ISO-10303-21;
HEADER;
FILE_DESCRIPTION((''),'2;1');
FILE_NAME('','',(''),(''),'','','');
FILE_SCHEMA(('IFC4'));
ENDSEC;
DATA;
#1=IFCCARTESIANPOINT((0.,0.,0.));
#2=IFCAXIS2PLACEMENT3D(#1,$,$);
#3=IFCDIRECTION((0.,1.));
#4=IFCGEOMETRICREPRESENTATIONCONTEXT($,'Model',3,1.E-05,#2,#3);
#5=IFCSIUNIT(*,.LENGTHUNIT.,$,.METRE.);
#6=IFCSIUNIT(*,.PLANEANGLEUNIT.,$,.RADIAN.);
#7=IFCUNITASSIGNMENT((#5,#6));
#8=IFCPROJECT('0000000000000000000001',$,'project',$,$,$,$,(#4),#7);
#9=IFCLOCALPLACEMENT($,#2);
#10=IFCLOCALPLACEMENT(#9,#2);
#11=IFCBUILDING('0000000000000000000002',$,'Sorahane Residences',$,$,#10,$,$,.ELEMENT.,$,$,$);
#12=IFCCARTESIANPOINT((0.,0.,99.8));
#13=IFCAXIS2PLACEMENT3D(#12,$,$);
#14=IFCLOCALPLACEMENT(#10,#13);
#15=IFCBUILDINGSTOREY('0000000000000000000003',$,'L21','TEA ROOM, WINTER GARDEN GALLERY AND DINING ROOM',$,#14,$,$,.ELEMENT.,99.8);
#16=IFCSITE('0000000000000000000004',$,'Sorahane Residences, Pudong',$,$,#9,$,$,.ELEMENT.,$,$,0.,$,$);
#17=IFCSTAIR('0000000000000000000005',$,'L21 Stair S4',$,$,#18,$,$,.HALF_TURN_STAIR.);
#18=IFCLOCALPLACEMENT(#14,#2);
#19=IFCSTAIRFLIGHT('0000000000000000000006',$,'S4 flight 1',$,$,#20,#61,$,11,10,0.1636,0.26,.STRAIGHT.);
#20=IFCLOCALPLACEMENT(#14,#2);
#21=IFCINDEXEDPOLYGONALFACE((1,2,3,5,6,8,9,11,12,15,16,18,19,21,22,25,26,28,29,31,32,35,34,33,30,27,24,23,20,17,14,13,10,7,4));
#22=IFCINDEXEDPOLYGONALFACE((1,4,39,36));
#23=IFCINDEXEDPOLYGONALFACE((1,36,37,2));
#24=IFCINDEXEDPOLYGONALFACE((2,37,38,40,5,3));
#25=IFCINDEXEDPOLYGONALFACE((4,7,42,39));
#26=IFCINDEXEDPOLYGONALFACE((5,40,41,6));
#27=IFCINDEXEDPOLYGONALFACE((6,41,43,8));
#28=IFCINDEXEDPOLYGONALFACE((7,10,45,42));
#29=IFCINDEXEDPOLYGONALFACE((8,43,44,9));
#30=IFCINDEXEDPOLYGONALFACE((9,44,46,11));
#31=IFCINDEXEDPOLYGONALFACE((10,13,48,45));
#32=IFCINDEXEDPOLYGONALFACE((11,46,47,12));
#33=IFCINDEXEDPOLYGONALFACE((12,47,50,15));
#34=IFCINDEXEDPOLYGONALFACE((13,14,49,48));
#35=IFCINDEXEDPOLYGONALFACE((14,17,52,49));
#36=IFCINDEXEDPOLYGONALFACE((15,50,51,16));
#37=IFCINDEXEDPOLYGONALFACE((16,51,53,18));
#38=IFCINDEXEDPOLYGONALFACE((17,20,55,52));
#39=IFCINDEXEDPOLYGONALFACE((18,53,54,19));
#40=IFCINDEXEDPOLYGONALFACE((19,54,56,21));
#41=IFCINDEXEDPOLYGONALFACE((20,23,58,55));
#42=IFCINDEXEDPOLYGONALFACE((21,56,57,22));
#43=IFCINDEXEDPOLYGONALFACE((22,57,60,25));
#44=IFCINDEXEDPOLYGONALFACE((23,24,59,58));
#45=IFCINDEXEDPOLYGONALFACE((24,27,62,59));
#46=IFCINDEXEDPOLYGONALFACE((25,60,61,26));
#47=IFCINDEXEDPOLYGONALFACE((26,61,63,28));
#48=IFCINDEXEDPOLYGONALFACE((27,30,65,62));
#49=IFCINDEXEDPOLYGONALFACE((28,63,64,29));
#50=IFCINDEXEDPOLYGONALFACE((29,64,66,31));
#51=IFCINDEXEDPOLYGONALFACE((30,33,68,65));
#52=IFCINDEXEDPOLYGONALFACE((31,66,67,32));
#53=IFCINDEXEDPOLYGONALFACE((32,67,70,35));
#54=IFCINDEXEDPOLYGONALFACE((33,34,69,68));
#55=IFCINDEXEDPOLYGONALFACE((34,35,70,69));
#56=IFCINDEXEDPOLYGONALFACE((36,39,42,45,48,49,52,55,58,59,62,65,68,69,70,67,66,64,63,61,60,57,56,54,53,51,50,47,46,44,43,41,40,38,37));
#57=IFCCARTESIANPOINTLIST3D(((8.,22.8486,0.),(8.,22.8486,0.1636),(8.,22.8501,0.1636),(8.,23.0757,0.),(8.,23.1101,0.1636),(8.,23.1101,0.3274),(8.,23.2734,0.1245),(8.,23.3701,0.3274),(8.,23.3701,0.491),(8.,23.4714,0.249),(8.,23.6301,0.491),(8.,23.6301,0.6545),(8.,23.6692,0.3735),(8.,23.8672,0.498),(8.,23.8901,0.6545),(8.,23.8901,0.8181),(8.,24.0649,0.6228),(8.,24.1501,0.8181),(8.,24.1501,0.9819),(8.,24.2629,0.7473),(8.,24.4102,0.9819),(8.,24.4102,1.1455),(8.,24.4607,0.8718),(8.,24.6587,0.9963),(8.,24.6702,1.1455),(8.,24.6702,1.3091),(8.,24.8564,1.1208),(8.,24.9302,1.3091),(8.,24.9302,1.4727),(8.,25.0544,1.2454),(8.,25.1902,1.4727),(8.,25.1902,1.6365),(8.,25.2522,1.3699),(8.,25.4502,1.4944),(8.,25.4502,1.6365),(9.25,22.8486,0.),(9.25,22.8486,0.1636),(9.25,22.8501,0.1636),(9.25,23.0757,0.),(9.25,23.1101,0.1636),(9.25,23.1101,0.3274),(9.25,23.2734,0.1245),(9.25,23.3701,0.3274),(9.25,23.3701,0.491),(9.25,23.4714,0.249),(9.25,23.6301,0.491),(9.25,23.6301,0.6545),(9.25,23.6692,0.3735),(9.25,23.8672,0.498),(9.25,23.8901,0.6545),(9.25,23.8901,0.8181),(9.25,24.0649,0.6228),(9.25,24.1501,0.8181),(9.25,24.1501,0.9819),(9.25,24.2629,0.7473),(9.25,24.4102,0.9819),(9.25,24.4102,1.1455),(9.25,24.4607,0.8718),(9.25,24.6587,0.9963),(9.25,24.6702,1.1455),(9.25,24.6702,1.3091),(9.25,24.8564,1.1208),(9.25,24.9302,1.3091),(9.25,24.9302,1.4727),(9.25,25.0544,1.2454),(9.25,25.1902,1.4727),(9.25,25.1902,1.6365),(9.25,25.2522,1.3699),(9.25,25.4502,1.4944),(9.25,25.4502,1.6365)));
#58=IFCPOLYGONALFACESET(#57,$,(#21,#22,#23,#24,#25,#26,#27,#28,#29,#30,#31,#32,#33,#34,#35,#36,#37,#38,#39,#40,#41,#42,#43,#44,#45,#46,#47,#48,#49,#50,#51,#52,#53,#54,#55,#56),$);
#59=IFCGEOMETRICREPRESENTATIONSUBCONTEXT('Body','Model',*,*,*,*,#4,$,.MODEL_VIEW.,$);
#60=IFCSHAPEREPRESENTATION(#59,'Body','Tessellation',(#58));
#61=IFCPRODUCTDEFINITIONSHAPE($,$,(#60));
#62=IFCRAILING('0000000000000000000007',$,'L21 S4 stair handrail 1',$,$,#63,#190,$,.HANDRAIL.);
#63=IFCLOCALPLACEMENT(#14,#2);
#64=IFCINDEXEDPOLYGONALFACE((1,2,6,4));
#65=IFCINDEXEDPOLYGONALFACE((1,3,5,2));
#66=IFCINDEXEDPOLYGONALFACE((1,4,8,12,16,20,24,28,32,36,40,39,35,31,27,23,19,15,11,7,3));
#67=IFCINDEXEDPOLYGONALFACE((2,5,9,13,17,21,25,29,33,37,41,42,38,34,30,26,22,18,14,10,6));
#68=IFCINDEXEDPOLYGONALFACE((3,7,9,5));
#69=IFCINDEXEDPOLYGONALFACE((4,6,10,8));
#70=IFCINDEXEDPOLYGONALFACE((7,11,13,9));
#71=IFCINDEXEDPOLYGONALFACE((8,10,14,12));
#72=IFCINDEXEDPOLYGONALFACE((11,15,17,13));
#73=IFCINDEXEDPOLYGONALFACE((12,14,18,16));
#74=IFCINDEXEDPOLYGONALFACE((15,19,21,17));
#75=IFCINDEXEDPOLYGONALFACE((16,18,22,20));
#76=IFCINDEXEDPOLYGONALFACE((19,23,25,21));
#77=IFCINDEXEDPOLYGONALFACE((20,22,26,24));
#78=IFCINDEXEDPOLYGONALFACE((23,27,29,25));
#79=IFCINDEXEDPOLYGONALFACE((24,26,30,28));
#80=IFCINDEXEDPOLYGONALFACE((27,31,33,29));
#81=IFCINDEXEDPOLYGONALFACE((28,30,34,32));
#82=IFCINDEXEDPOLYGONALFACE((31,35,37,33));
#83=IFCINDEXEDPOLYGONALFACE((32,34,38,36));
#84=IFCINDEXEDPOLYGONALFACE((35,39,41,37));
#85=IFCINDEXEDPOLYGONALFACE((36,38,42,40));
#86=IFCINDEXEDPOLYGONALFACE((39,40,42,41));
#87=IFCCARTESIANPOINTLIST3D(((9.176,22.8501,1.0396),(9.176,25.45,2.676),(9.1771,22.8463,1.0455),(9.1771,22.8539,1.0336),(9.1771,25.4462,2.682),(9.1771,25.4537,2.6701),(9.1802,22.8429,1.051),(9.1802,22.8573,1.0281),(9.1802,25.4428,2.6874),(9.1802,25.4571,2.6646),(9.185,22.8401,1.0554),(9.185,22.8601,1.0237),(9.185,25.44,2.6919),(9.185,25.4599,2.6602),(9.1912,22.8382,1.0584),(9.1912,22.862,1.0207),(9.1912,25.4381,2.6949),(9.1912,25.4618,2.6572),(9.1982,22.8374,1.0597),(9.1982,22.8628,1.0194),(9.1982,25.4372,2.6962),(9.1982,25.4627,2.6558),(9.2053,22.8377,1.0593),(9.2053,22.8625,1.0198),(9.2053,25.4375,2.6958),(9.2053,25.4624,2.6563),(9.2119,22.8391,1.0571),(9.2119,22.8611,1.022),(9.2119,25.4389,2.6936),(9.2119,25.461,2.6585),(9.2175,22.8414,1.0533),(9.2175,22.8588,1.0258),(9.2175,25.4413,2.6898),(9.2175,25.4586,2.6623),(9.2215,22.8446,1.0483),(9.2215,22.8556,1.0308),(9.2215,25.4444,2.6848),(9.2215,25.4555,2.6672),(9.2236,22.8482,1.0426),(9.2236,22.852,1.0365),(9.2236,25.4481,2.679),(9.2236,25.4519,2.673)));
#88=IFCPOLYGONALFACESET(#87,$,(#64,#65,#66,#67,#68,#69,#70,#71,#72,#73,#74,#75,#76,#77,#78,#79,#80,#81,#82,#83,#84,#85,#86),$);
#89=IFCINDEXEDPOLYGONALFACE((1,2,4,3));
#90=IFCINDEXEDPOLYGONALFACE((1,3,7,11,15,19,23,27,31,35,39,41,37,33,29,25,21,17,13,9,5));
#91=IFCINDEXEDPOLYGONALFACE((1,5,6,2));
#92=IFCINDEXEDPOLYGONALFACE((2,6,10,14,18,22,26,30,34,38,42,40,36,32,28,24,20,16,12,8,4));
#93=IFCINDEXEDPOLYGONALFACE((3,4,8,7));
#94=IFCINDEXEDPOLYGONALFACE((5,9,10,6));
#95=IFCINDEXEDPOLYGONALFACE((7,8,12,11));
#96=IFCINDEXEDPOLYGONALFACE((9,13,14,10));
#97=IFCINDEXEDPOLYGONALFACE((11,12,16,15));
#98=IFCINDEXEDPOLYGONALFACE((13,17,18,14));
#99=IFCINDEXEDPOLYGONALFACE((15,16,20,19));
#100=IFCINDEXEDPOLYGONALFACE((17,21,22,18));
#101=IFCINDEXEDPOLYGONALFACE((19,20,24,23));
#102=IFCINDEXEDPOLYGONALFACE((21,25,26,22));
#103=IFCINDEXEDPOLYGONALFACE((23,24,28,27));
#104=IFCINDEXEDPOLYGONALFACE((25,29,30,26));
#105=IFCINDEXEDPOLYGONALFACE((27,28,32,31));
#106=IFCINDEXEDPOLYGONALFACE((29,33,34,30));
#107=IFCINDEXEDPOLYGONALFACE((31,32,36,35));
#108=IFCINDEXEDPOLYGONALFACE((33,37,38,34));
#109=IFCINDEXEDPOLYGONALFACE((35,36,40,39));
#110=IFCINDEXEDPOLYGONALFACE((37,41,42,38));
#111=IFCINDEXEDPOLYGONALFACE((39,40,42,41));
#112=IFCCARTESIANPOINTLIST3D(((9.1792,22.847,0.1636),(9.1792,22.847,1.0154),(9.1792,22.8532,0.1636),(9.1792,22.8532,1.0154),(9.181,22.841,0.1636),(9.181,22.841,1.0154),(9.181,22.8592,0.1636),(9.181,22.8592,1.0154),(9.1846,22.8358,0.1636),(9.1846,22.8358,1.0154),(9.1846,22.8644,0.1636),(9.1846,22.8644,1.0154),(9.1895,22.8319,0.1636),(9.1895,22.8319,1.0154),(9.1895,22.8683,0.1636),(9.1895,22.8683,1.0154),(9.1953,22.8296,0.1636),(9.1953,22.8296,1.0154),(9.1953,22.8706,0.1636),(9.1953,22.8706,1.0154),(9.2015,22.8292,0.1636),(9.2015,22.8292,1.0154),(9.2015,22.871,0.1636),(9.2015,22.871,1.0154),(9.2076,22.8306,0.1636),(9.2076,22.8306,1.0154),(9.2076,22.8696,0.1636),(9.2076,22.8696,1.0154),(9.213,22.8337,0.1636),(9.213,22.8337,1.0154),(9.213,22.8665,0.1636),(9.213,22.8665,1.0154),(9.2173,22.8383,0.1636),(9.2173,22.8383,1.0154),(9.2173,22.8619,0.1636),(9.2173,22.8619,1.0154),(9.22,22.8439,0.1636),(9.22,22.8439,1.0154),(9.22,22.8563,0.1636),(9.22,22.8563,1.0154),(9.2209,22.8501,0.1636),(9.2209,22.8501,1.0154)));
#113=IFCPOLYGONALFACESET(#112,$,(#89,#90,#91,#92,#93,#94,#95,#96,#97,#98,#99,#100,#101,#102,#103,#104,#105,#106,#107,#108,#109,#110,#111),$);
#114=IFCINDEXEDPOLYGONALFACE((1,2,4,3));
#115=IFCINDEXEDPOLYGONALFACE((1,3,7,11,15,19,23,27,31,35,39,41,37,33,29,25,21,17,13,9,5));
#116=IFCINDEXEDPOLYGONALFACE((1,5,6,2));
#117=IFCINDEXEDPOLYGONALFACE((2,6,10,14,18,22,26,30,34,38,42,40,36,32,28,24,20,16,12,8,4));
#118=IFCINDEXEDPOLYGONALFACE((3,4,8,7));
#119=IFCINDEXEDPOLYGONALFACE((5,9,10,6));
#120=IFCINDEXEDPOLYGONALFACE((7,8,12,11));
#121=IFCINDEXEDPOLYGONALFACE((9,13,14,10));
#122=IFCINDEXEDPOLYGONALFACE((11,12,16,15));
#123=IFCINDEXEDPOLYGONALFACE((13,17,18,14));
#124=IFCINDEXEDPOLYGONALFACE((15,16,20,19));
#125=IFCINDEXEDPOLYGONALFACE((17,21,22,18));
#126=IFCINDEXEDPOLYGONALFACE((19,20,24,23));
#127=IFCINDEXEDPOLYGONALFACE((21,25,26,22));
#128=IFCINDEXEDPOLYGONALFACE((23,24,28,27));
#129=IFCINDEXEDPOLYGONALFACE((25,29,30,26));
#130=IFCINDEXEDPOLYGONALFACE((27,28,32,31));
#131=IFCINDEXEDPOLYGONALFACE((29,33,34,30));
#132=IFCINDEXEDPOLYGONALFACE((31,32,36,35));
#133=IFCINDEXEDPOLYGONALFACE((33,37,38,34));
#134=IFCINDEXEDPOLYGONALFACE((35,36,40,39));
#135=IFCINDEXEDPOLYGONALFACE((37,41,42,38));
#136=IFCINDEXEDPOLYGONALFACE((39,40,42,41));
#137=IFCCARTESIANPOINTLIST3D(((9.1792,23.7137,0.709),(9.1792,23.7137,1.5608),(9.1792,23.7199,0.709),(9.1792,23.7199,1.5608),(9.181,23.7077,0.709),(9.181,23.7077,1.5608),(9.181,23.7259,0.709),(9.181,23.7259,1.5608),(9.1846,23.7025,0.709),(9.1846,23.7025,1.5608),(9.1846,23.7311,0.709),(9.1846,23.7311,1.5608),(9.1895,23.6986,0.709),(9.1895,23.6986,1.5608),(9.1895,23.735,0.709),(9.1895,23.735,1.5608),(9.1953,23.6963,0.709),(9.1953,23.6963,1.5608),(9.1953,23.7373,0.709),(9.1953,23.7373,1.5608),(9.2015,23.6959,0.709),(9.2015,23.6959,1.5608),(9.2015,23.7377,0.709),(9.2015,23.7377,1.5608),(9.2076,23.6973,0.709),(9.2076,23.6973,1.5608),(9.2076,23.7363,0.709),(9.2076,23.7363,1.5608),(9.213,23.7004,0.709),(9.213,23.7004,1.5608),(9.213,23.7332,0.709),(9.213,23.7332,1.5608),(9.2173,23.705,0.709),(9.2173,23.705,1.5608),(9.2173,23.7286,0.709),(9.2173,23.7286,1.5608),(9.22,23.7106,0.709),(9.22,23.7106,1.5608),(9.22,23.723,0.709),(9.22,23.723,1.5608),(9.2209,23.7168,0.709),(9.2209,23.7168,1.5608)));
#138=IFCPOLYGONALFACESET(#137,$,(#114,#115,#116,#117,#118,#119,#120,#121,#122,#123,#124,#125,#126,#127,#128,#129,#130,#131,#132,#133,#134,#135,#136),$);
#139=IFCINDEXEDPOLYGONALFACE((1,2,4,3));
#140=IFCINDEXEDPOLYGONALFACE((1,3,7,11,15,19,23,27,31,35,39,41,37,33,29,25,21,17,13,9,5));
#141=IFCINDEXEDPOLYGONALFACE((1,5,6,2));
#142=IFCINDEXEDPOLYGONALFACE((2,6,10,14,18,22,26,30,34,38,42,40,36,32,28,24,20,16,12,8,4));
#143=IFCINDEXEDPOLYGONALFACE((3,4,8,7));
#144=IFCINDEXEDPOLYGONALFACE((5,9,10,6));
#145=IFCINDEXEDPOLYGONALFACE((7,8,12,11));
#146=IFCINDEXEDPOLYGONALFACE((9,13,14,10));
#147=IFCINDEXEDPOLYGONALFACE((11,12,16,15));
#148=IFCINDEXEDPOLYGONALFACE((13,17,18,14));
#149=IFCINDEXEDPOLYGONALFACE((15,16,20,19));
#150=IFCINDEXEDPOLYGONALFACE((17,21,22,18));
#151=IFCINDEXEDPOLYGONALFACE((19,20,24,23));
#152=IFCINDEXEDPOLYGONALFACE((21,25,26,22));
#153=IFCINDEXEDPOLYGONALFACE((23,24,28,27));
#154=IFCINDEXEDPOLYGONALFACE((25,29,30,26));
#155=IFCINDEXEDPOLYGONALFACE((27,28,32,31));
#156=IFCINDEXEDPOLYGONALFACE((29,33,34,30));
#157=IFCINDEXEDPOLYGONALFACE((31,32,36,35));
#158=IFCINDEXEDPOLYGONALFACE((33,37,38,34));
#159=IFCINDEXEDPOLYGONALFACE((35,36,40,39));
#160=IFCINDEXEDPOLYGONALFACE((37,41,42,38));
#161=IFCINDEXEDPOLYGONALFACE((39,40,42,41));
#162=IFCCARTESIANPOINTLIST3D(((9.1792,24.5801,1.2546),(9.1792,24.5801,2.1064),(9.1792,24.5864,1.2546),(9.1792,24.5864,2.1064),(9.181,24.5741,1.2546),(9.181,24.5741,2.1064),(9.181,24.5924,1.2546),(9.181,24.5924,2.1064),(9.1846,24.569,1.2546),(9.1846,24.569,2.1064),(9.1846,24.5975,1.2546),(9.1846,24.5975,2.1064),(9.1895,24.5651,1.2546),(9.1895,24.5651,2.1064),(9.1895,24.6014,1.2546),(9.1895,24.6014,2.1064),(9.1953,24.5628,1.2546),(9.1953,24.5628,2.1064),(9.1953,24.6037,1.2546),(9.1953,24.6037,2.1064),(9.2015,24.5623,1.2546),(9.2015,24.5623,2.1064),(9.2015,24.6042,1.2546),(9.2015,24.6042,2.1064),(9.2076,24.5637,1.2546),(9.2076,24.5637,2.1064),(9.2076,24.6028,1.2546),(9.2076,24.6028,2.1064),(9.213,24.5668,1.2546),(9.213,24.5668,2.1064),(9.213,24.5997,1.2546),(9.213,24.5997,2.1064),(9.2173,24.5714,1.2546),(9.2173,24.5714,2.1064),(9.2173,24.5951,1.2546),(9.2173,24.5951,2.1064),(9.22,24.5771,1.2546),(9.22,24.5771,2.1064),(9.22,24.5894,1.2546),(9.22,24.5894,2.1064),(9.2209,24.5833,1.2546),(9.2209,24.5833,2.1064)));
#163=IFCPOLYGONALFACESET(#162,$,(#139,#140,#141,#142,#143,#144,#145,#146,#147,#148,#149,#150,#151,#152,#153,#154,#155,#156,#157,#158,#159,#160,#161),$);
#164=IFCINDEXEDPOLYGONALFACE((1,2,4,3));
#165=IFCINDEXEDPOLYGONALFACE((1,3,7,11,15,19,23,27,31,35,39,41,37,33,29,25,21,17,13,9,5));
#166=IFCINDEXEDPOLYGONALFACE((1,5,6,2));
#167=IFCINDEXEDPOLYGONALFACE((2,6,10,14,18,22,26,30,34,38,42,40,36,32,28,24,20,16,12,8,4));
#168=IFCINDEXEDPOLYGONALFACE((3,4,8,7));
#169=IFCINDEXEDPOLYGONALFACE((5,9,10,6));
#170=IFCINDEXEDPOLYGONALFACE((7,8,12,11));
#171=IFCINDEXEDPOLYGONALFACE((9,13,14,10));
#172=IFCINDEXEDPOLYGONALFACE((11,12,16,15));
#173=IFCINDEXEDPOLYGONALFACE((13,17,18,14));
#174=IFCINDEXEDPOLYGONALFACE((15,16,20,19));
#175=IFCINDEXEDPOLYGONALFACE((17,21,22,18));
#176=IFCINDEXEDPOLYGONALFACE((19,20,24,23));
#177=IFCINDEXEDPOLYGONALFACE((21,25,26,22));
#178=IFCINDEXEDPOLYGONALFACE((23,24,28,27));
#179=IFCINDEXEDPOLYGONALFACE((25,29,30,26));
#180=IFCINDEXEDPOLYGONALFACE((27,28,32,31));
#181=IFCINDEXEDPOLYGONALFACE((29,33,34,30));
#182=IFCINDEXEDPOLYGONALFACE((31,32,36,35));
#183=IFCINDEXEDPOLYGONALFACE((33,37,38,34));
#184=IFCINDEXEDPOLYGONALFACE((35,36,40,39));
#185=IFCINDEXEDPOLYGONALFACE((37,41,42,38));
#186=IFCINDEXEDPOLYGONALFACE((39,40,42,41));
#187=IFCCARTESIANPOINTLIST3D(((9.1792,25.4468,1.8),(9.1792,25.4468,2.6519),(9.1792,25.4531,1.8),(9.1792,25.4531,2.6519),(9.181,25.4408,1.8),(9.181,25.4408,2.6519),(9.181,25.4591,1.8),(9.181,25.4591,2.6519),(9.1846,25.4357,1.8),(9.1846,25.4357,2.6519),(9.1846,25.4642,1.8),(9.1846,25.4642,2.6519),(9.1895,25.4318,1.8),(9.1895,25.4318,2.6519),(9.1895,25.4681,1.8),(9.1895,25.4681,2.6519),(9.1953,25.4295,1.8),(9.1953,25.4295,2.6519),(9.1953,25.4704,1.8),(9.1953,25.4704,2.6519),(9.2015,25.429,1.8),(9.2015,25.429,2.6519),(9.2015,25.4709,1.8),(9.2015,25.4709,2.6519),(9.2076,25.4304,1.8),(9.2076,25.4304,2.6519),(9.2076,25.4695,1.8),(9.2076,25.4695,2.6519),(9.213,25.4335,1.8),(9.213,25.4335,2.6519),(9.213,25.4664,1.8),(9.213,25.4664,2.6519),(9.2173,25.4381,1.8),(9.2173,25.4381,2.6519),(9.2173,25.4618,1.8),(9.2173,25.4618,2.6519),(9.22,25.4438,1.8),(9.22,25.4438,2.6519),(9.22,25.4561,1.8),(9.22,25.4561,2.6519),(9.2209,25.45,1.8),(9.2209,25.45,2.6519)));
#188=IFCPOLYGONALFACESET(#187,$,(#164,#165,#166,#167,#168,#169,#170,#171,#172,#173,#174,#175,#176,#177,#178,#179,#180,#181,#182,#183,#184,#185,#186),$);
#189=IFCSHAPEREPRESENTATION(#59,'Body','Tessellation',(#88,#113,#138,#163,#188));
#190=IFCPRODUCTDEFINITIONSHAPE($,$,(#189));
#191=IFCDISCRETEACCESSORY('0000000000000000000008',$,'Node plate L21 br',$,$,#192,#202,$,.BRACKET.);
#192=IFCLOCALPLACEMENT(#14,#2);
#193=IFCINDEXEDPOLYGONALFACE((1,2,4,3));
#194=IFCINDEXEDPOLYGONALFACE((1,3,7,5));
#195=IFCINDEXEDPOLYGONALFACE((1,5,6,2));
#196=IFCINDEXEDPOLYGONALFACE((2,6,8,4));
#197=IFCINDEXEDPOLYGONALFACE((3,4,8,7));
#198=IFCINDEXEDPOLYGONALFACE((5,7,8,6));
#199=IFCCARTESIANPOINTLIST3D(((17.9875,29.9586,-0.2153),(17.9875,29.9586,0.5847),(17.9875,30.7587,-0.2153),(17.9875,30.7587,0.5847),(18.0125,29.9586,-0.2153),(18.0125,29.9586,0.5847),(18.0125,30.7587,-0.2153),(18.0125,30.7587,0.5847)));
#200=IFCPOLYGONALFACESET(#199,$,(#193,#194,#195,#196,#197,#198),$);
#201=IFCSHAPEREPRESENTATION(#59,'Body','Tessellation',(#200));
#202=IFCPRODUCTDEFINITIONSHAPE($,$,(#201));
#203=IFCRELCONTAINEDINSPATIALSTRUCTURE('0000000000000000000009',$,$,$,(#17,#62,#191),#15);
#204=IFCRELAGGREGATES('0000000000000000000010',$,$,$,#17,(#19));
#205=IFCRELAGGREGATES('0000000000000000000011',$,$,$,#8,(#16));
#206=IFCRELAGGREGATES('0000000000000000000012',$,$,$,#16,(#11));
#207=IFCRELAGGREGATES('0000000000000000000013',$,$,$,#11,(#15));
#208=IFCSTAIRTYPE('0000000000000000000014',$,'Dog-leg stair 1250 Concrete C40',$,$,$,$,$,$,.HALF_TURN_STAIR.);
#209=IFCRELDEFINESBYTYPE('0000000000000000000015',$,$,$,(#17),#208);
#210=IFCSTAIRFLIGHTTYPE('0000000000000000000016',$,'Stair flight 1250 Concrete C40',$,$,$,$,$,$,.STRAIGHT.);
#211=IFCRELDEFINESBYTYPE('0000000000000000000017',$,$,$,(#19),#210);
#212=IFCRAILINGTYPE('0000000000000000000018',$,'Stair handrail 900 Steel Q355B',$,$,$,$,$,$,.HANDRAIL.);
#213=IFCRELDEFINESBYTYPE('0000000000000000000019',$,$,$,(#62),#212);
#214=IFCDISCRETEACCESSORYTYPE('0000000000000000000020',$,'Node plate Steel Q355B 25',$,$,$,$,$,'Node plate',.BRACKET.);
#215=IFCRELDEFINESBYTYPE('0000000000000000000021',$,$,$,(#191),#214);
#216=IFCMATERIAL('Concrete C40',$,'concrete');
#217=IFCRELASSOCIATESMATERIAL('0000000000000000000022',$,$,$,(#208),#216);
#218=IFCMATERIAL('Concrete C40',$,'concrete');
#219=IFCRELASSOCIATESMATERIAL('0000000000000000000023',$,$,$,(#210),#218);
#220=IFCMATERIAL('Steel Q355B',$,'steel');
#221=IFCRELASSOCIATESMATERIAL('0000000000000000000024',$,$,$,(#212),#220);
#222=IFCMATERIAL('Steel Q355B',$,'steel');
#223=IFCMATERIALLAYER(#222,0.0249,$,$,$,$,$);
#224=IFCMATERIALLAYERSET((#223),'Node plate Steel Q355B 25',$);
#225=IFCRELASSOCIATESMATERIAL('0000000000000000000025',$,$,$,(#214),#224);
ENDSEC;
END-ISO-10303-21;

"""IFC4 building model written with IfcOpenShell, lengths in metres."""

from ifc_helpers import new_model, si_unit, direction, frame, origin, origin_2d, place, context, subcontext, project, spatial, polyline, rectangle, circle, outline, extrude, material, layer, layer_set, type_object, element, aggregate, save


model = new_model("IFC4")

# Units and contexts
model_context = context("Model", 3, precision=1e-05, world=origin(), true_north=direction((0.0, 1.0)))
body_context = subcontext(model_context, "Body", "Model", "MODEL_VIEW")
ifc_project = project(units=[si_unit("LENGTHUNIT", "METRE"), si_unit("PLANEANGLEUNIT", "RADIAN")], contexts=[model_context])

# Site, building, storey
site_placement = place(None, origin())
site = spatial("IfcSite", under=ifc_project, at=site_placement, Name="Sorahane Residences, Pudong", CompositionType="ELEMENT", RefElevation=0.0)
building_placement = place(site_placement, origin())
building = spatial("IfcBuilding", under=site, at=building_placement, Name="Sorahane Residences", CompositionType="ELEMENT")
storey_placement = place(building_placement, frame((0.0, 0.0, 99.8)))
storey = spatial("IfcBuildingStorey", under=building, at=storey_placement, Name="L21", Description="TEA ROOM, WINTER GARDEN GALLERY AND DINING ROOM", CompositionType="ELEMENT", Elevation=99.8)

# Stair, stair flight
ifc_material_1 = material(Name="Concrete C40", Category="concrete")
stair_type = type_object("IfcStairType", Name="Dog-leg stair 1250 Concrete C40", PredefinedType="HALF_TURN_STAIR", material=ifc_material_1)
ifc_material_2 = material(Name="Concrete C40", Category="concrete")
stair_flight_type = type_object("IfcStairFlightType", Name="Stair flight 1250 Concrete C40", PredefinedType="STRAIGHT", material=ifc_material_2)
stair_1_placement = place(storey_placement, origin())
stair_1 = element("IfcStair", 1, at=stair_1_placement, inside=storey, type_object=stair_type, Name="L21 Stair S4", PredefinedType="HALF_TURN_STAIR")
stair_flight_1_placement = place(storey_placement, frame((8.625, 22.8501, 0.0), z_axis=(0.0, 0.0, 1.0), x_axis=(0.0, 1.0, 0.0)))
stair_flight_1 = element("IfcStairFlight", 2, at=stair_flight_1_placement, type_object=stair_flight_type, Name="S4 flight 1", NumberOfRisers=11, NumberOfTreads=10, PredefinedType="STRAIGHT", RiserHeight=0.1636, TreadLength=0.26, context=body_context, shape_type="SweptSolid", body=[
    extrude(outline(polyline([(-0.0015, 0.0), (-0.0015, 0.1636), (0.0, 0.1636), (0.26, 0.1636), (0.26, 0.3274), (0.52, 0.3274), (0.52, 0.491), (0.78, 0.491), (0.78, 0.6545), (1.04, 0.6545), (1.04, 0.8181), (1.3, 0.8181), (1.3, 0.9819), (1.5601, 0.9819), (1.5601, 1.1455), (1.8201, 1.1455), (1.8201, 1.3091), (2.0801, 1.3091), (2.0801, 1.4727), (2.3401, 1.4727), (2.3401, 1.6365), (2.6001, 1.6365), (2.6001, 1.8), (2.6001, 1.4944), (2.4021, 1.3699), (2.2043, 1.2454), (2.0063, 1.1208), (1.8086, 0.9963), (1.6106, 0.8718), (1.4128, 0.7473), (1.2148, 0.6228), (1.0171, 0.498), (0.8191, 0.3735), (0.6213, 0.249), (0.4233, 0.1245), (0.2256, 0.0), (-0.0015, 0.0)])), frame((0.0, 0.625, 0.0), z_axis=(0.0, -1.0, 0.0), x_axis=(1.0, 0.0, 0.0)), (0.0, 0.0, 1.0), 1.25),
])
aggregate(stair_1, [stair_flight_1])

# Railing
ifc_material_3 = material(Name="Steel Q355B", Category="steel")
railing_type = type_object("IfcRailingType", Name="Stair handrail 900 Steel Q355B", PredefinedType="HANDRAIL", material=ifc_material_3)
railing_placement = place(storey_placement, frame((9.2, 22.8501, 0.1636)))
element("IfcRailing", 3, at=railing_placement, inside=storey, type_object=railing_type, Name="L21 S4 stair handrail 1", PredefinedType="HANDRAIL", context=body_context, shape_type="SweptSolid", body=[
    extrude(circle(Radius=0.0239, at=origin_2d()), frame((0.0, 0.0, 0.876), z_axis=(0.0, 0.846302, 0.532704), x_axis=(-1.0, 0.0, 0.0)), (0.0, 0.0, 1.0), 3.072),
    extrude(circle(Radius=0.021, at=origin_2d()), origin(), (0.0, 0.0, 1.0), 0.8518),
    extrude(circle(Radius=0.021, at=origin_2d()), frame((0.0, 0.8667, 0.5454)), (0.0, 0.0, 1.0), 0.8518),
    extrude(circle(Radius=0.021, at=origin_2d()), frame((0.0, 1.7332, 1.0911)), (0.0, 0.0, 1.0), 0.8518),
    extrude(circle(Radius=0.021, at=origin_2d()), frame((0.0, 2.5999, 1.6365)), (0.0, 0.0, 1.0), 0.8518),
])

# Discrete accessory
ifc_material_4 = material(Name="Steel Q355B", Category="steel")
ifc_layer_1 = layer(ifc_material_4, 0.0249)
ifc_layer_set_1 = layer_set([ifc_layer_1], Name="Node plate Steel Q355B 25")
discrete_accessory_type = type_object("IfcDiscreteAccessoryType", Name="Node plate Steel Q355B 25", ElementType="Node plate", PredefinedType="BRACKET", material=ifc_layer_set_1)
for number, where, z_axis, x_axis, name in (
    (4, (18.0, 30.3586, -0.2153), (0.0, 0.0, 1.0), (0.0, 1.0, 0.0), "Node plate L21 br"),
):
    element("IfcDiscreteAccessory", number, at=place(storey_placement, frame(where, z_axis=z_axis, x_axis=x_axis)), inside=storey, type_object=discrete_accessory_type, Name=name, PredefinedType="BRACKET", context=body_context, shape_type="SweptSolid", body=[
        extrude(rectangle(XDim=0.8, YDim=0.0249, at=origin_2d()), origin(), (0.0, 0.0, 1.0), 0.8),
    ])

save(model, "model.ifc")
